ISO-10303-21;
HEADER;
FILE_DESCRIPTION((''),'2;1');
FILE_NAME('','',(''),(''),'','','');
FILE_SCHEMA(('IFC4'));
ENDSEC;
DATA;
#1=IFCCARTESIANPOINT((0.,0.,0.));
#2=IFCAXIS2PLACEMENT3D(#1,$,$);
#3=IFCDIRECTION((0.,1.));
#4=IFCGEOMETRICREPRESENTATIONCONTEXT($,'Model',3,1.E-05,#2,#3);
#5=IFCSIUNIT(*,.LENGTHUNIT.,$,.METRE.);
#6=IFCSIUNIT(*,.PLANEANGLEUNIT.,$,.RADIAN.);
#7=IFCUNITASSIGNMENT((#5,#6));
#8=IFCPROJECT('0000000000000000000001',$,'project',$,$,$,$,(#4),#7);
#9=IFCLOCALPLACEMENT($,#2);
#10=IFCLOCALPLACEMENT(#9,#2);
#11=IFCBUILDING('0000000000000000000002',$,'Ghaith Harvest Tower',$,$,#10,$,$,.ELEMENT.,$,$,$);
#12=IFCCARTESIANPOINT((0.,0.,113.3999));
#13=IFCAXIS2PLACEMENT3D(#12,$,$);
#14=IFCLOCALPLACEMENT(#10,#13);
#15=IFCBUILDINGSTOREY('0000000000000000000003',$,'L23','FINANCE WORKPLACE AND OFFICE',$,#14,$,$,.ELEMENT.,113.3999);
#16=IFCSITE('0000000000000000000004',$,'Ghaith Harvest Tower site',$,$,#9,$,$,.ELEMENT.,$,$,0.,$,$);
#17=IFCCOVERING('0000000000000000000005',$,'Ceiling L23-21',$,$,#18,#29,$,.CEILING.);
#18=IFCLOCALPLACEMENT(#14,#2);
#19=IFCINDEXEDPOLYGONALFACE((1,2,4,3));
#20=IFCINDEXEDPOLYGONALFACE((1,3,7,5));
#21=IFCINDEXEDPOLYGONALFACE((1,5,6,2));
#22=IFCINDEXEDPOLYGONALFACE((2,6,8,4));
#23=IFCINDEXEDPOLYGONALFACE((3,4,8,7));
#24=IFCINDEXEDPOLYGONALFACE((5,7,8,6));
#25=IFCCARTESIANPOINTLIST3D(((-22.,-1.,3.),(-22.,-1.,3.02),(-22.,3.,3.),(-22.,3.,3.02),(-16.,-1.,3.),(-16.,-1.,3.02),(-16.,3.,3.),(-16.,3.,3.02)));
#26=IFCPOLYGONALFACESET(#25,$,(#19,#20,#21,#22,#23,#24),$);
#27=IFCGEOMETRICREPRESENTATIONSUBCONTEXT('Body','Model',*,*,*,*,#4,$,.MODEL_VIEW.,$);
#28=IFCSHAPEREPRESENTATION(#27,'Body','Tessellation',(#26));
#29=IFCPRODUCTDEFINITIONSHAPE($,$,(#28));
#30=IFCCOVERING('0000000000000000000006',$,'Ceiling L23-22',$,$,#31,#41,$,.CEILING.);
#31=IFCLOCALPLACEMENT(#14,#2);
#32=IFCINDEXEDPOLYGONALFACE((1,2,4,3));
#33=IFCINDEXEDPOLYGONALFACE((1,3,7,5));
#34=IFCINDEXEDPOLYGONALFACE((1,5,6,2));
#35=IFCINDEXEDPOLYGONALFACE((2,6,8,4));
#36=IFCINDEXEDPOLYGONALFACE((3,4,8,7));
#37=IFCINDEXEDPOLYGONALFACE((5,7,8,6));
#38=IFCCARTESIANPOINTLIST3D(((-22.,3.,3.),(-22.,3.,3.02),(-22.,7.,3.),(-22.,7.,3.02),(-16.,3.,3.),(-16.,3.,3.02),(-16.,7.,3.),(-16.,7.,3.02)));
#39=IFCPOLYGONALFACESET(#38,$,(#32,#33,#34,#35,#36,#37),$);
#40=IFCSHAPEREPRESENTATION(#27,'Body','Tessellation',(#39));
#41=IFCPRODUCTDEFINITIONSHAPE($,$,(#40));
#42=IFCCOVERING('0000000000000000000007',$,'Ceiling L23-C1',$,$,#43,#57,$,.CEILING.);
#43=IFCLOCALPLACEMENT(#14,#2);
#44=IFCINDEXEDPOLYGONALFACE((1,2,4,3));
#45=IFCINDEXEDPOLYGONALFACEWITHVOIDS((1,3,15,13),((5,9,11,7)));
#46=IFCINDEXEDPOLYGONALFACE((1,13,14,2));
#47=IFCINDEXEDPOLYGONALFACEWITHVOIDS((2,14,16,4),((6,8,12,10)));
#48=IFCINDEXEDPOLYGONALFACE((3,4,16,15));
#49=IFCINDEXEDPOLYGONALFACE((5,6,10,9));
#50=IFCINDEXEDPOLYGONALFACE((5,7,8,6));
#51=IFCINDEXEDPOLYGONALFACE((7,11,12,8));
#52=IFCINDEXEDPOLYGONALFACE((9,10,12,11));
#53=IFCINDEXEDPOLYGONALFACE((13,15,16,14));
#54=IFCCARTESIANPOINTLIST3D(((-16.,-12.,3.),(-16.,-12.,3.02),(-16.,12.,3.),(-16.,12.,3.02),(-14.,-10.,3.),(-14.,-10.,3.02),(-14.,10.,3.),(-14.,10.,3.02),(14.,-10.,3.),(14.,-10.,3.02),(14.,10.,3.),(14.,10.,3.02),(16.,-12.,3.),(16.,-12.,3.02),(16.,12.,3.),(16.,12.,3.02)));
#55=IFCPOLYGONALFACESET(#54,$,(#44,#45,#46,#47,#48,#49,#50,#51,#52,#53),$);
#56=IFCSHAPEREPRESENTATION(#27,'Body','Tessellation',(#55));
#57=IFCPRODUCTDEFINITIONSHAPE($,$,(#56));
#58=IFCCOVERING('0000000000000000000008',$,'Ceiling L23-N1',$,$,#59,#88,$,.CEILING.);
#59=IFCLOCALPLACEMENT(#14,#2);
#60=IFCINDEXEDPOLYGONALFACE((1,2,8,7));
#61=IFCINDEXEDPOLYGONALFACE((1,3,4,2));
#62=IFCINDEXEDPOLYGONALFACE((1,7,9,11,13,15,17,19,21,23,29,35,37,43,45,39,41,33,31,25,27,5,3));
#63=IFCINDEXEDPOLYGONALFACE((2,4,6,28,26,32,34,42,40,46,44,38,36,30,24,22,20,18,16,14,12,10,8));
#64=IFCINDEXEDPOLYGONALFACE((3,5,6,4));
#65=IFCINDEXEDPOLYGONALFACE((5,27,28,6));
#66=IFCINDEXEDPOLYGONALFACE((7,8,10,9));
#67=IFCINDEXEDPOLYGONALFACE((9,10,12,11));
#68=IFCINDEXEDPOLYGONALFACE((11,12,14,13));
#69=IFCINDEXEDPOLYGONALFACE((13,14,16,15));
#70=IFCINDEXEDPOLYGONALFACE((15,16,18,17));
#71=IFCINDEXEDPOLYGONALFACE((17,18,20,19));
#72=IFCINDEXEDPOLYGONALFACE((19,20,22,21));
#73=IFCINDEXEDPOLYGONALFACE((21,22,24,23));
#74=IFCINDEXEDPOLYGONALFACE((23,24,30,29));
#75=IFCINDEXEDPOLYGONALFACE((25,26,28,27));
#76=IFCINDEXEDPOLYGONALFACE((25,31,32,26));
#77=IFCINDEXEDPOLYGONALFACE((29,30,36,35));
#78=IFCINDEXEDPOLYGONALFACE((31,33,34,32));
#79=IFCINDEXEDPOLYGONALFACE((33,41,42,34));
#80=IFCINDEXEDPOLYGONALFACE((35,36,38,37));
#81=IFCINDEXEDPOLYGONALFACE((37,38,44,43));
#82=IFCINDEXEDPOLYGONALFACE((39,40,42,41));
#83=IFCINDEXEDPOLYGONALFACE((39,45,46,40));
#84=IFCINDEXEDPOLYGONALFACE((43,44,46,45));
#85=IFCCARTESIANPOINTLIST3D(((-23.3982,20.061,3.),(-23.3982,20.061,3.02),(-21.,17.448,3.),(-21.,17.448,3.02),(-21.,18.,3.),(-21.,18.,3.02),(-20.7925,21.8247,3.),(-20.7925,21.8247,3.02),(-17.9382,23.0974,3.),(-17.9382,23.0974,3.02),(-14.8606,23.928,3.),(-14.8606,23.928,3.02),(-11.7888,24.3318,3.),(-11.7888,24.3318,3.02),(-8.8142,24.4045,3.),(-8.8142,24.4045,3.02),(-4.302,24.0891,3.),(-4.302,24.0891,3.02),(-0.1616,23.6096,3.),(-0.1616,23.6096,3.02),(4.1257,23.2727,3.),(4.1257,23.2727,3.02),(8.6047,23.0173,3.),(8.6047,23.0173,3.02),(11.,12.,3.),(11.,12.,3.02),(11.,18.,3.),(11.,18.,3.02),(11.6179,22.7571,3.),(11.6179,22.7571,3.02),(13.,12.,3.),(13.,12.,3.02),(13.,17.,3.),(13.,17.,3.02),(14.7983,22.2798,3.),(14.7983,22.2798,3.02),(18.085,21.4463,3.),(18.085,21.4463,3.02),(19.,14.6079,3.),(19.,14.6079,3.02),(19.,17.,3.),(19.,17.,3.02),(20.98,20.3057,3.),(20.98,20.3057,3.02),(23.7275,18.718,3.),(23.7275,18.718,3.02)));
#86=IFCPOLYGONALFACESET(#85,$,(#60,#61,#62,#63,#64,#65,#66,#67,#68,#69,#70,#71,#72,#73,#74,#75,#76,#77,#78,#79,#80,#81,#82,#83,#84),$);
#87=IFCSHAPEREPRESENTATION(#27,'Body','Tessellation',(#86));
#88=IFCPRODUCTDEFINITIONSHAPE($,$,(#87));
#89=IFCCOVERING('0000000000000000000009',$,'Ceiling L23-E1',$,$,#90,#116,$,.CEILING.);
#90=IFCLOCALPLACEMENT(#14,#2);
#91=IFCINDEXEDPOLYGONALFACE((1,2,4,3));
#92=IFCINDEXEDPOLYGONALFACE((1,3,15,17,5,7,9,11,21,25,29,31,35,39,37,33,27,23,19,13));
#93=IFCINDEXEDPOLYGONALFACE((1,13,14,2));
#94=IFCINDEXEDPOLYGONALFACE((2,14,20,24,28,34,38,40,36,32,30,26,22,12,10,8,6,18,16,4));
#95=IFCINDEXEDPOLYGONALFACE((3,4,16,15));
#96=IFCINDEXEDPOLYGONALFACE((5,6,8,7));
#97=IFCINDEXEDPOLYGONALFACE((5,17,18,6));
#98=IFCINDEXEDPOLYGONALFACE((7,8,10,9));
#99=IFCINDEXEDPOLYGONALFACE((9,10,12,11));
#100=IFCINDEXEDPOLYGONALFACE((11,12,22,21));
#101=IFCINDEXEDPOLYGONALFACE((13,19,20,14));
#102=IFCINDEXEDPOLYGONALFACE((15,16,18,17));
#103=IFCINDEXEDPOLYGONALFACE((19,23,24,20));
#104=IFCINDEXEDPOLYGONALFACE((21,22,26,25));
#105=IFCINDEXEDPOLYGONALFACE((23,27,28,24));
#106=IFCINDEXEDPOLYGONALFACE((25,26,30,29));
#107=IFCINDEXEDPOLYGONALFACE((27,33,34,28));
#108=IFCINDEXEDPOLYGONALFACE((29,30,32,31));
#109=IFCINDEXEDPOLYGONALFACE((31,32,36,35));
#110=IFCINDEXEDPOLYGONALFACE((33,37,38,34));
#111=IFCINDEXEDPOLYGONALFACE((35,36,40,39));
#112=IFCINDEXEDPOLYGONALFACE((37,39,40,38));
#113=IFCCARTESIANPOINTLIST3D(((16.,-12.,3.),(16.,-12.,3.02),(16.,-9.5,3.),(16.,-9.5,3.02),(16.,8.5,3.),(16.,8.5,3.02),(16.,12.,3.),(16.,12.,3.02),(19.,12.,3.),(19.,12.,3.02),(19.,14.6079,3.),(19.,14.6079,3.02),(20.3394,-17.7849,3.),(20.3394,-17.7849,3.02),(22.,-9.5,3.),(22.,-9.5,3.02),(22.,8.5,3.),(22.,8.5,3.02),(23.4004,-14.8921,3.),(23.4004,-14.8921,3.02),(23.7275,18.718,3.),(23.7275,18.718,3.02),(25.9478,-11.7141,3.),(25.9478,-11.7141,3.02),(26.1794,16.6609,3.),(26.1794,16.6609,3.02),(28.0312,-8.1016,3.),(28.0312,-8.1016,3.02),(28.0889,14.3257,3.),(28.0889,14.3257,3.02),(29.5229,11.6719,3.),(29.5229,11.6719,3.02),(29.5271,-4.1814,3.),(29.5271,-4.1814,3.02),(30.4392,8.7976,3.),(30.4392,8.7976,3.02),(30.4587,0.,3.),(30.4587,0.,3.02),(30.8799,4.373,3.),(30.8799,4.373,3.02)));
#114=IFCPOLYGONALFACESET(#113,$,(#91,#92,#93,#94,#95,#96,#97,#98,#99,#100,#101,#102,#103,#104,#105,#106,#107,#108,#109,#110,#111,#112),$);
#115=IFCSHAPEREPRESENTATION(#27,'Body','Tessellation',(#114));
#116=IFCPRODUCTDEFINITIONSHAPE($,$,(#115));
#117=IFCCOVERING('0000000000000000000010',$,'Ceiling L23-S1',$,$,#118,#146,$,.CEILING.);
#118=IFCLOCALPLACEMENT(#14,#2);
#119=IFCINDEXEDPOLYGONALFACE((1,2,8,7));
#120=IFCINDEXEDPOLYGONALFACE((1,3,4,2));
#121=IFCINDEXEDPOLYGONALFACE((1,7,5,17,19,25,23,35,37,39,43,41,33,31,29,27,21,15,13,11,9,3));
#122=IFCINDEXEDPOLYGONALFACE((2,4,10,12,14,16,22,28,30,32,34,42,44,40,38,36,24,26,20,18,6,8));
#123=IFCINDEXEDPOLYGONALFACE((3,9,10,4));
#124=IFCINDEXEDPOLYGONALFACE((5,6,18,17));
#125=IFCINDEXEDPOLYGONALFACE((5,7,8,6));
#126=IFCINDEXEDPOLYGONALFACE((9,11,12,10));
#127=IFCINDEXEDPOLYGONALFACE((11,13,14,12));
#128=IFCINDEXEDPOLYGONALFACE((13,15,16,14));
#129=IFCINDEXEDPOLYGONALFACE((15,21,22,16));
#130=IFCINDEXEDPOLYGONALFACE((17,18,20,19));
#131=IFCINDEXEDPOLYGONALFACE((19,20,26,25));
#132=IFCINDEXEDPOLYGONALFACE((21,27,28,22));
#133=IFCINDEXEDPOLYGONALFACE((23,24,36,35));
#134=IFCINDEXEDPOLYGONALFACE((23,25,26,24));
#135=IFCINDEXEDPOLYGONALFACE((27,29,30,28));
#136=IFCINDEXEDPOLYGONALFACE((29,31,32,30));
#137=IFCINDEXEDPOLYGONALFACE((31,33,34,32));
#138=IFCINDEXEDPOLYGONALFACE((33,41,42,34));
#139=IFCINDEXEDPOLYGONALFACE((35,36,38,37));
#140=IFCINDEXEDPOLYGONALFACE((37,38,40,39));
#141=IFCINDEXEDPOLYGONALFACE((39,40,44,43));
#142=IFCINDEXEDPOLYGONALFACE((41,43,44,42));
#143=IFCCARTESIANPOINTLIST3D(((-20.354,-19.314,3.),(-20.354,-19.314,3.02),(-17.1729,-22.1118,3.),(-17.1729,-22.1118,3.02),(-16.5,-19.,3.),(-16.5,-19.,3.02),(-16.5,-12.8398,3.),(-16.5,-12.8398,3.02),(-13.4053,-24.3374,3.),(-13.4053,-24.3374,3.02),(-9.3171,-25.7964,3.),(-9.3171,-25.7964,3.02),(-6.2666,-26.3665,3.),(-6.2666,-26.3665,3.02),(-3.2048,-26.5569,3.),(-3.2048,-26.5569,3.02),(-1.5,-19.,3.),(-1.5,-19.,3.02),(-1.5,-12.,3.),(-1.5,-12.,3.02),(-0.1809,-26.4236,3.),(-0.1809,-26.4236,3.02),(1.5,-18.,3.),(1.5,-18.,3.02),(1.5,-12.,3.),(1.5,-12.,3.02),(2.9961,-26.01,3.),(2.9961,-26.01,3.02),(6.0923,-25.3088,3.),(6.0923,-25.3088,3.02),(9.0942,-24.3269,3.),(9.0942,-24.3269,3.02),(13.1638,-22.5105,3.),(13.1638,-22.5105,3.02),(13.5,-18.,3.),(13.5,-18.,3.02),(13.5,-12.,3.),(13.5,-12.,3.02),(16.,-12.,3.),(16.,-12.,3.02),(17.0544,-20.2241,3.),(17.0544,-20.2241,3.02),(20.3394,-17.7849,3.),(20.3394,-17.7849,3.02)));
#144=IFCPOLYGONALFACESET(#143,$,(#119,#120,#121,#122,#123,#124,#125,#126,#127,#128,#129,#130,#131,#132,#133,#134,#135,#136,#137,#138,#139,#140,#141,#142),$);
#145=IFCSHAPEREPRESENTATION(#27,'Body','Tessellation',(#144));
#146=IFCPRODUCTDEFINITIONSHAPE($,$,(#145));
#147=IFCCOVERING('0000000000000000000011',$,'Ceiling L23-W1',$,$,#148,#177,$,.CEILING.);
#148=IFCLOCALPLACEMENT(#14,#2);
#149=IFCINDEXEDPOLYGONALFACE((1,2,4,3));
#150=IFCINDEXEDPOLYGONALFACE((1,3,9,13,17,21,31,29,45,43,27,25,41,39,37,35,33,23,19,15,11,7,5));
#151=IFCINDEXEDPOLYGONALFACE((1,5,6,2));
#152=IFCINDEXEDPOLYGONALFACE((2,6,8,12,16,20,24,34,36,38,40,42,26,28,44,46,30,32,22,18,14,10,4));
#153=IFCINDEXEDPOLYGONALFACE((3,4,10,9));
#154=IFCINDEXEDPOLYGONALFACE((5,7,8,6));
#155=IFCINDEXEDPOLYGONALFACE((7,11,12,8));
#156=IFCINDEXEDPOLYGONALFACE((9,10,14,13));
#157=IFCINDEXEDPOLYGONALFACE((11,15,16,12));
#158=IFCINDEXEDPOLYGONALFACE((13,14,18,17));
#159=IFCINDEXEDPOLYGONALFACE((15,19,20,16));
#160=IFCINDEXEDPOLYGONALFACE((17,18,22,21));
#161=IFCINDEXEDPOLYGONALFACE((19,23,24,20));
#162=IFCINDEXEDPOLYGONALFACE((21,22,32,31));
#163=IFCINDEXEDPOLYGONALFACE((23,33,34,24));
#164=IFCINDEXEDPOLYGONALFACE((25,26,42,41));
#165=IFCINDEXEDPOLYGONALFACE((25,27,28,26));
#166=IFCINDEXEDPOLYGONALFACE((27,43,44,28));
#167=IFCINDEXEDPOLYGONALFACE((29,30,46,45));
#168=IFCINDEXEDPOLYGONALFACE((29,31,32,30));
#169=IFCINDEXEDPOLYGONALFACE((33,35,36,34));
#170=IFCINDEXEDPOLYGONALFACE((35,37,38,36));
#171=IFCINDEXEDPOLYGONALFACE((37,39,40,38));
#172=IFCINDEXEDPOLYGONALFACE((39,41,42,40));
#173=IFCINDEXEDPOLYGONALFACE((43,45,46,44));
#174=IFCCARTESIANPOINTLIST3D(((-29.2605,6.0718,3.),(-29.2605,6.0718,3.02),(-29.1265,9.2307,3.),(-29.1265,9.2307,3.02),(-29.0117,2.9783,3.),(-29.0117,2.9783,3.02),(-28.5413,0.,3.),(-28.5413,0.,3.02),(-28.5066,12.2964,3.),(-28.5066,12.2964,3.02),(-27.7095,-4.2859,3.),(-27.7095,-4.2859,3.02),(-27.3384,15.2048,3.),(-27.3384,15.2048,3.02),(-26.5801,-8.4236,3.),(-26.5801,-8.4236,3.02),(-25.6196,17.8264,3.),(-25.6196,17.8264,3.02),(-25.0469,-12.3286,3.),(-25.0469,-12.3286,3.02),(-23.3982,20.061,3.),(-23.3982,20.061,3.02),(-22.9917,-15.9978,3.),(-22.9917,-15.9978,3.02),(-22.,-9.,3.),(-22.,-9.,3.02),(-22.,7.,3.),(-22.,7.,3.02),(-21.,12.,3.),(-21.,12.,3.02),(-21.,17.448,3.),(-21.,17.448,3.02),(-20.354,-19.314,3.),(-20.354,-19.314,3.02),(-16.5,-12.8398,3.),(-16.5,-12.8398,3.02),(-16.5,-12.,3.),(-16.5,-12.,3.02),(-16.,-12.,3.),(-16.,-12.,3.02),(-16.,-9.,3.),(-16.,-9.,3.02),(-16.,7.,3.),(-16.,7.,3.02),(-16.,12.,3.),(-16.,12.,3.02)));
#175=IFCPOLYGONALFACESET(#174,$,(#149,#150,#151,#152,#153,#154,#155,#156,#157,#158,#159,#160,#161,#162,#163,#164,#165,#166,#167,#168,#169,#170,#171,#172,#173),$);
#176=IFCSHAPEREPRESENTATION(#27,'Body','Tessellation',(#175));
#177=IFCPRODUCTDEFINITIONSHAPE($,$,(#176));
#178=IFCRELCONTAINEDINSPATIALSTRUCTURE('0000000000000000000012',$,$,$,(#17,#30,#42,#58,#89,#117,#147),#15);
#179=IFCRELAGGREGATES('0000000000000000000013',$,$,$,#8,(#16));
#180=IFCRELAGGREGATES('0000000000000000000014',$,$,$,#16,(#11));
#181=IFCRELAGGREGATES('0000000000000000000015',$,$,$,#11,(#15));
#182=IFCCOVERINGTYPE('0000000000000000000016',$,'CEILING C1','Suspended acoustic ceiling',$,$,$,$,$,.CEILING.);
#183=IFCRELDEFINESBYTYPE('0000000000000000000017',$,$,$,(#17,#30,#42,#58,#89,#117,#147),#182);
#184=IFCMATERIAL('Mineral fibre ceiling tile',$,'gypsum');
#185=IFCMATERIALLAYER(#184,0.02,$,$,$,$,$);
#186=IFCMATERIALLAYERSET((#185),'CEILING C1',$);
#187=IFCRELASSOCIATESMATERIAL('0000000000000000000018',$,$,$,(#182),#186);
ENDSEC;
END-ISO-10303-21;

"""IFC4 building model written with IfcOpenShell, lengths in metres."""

from ifc_helpers import new_model, si_unit, direction, frame, origin, place, context, subcontext, project, spatial, polyline, outline, extrude, material, layer, layer_set, type_object, element, save


model = new_model("IFC4")

# Units and contexts
model_context = context("Model", 3, precision=1e-05, world=origin(), true_north=direction((0.0, 1.0)))
body_context = subcontext(model_context, "Body", "Model", "MODEL_VIEW")
ifc_project = project(units=[si_unit("LENGTHUNIT", "METRE"), si_unit("PLANEANGLEUNIT", "RADIAN")], contexts=[model_context])

# Site, building, storey
site_placement = place(None, origin())
site = spatial("IfcSite", under=ifc_project, at=site_placement, Name="Ghaith Harvest Tower site", CompositionType="ELEMENT", RefElevation=0.0)
building_placement = place(site_placement, origin())
building = spatial("IfcBuilding", under=site, at=building_placement, Name="Ghaith Harvest Tower", CompositionType="ELEMENT")
storey_placement = place(building_placement, frame((0.0, 0.0, 113.3999)))
storey = spatial("IfcBuildingStorey", under=building, at=storey_placement, Name="L23", Description="FINANCE WORKPLACE AND OFFICE", CompositionType="ELEMENT", Elevation=113.3999)

# Coverings
ifc_material_1 = material(Name="Mineral fibre ceiling tile", Category="gypsum")
ifc_layer_1 = layer(ifc_material_1, 0.02)
ifc_layer_set_1 = layer_set([ifc_layer_1], Name="CEILING C1")
covering_type = type_object("IfcCoveringType", Name="CEILING C1", Description="Suspended acoustic ceiling", PredefinedType="CEILING", material=ifc_layer_set_1)
covering_1_placement = place(storey_placement, frame((0.0, 0.0, 3.0)))
element("IfcCovering", 1, at=covering_1_placement, inside=storey, type_object=covering_type, Name="Ceiling L23-21", PredefinedType="CEILING", context=body_context, shape_type="SweptSolid", body=[
    extrude(outline(polyline([(-22.0, -1.0), (-16.0, -1.0), (-16.0, 3.0), (-22.0, 3.0), (-22.0, -1.0)])), origin(), (0.0, 0.0, 1.0), 0.02),
])
covering_2_placement = place(storey_placement, frame((0.0, 0.0, 3.0)))
element("IfcCovering", 2, at=covering_2_placement, inside=storey, type_object=covering_type, Name="Ceiling L23-22", PredefinedType="CEILING", context=body_context, shape_type="SweptSolid", body=[
    extrude(outline(polyline([(-22.0, 3.0), (-16.0, 3.0), (-16.0, 7.0), (-22.0, 7.0), (-22.0, 3.0)])), origin(), (0.0, 0.0, 1.0), 0.02),
])
covering_3_placement = place(storey_placement, frame((0.0, 0.0, 3.0)))
element("IfcCovering", 3, at=covering_3_placement, inside=storey, type_object=covering_type, Name="Ceiling L23-C1", PredefinedType="CEILING", context=body_context, shape_type="SweptSolid", body=[
    extrude(outline(polyline([(-16.0, 12.0), (16.0, 12.0), (16.0, -12.0), (-16.0, -12.0), (-16.0, 12.0)]), holes=[polyline([(-14.0, -10.0), (14.0, -10.0), (14.0, 10.0), (-14.0, 10.0), (-14.0, -10.0)])]), origin(), (0.0, 0.0, 1.0), 0.02),
])
covering_4_placement = place(storey_placement, frame((0.0, 0.0, 3.0)))
element("IfcCovering", 4, at=covering_4_placement, inside=storey, type_object=covering_type, Name="Ceiling L23-N1", PredefinedType="CEILING", context=body_context, shape_type="SweptSolid", body=[
    extrude(outline(polyline([(-20.7925, 21.8247), (-17.9382, 23.0974), (-14.8606, 23.928), (-11.7888, 24.3318), (-8.8142, 24.4045), (-4.302, 24.0891), (-0.1616, 23.6096), (4.1257, 23.2727), (8.6047, 23.0173), (11.6179, 22.7571), (14.7983, 22.2798), (18.085, 21.4463), (20.98, 20.3057), (23.7275, 18.718), (19.0, 14.6079), (19.0, 17.0), (13.0, 17.0), (13.0, 12.0), (11.0, 12.0), (11.0, 18.0), (-21.0, 18.0), (-21.0, 17.448), (-23.3982, 20.061), (-20.7925, 21.8247)])), origin(), (0.0, 0.0, 1.0), 0.02),
])
covering_5_placement = place(storey_placement, frame((0.0, 0.0, 3.0)))
element("IfcCovering", 5, at=covering_5_placement, inside=storey, type_object=covering_type, Name="Ceiling L23-E1", PredefinedType="CEILING", context=body_context, shape_type="SweptSolid", body=[
    extrude(outline(polyline([(26.1794, 16.6609), (28.0889, 14.3257), (29.5229, 11.6719), (30.4392, 8.7976), (30.8799, 4.373), (30.4587, 0.0), (29.5271, -4.1814), (28.0312, -8.1016), (25.9478, -11.7141), (23.4004, -14.8921), (20.3394, -17.7849), (16.0, -12.0), (16.0, -9.5), (22.0, -9.5), (22.0, 8.5), (16.0, 8.5), (16.0, 12.0), (19.0, 12.0), (19.0, 14.6079), (23.7275, 18.718), (26.1794, 16.6609)])), origin(), (0.0, 0.0, 1.0), 0.02),
])
covering_6_placement = place(storey_placement, frame((0.0, 0.0, 3.0)))
element("IfcCovering", 6, at=covering_6_placement, inside=storey, type_object=covering_type, Name="Ceiling L23-S1", PredefinedType="CEILING", context=body_context, shape_type="SweptSolid", body=[
    extrude(outline(polyline([(17.0544, -20.2241), (13.1638, -22.5105), (9.0942, -24.3269), (6.0923, -25.3088), (2.9961, -26.01), (-0.1809, -26.4236), (-3.2048, -26.5569), (-6.2666, -26.3665), (-9.3171, -25.7964), (-13.4053, -24.3374), (-17.1729, -22.1118), (-20.354, -19.314), (-16.5, -12.8398), (-16.5, -19.0), (-1.5, -19.0), (-1.5, -12.0), (1.5, -12.0), (1.5, -18.0), (13.5, -18.0), (13.5, -12.0), (16.0, -12.0), (20.3394, -17.7849), (17.0544, -20.2241)])), origin(), (0.0, 0.0, 1.0), 0.02),
])
covering_7_placement = place(storey_placement, frame((0.0, 0.0, 3.0)))
element("IfcCovering", 7, at=covering_7_placement, inside=storey, type_object=covering_type, Name="Ceiling L23-W1", PredefinedType="CEILING", context=body_context, shape_type="SweptSolid", body=[
    extrude(outline(polyline([(-29.1265, 9.2307), (-28.5066, 12.2964), (-27.3384, 15.2048), (-25.6196, 17.8264), (-23.3982, 20.061), (-21.0, 17.448), (-21.0, 12.0), (-16.0, 12.0), (-16.0, 7.0), (-22.0, 7.0), (-22.0, -9.0), (-16.0, -9.0), (-16.0, -12.0), (-16.5, -12.0), (-16.5, -12.8398), (-20.354, -19.314), (-22.9917, -15.9978), (-25.0469, -12.3286), (-26.5801, -8.4236), (-27.7095, -4.2859), (-28.5413, 0.0), (-29.0117, 2.9783), (-29.2605, 6.0718), (-29.1265, 9.2307)])), origin(), (0.0, 0.0, 1.0), 0.02),
])

save(model, "model.ifc")
